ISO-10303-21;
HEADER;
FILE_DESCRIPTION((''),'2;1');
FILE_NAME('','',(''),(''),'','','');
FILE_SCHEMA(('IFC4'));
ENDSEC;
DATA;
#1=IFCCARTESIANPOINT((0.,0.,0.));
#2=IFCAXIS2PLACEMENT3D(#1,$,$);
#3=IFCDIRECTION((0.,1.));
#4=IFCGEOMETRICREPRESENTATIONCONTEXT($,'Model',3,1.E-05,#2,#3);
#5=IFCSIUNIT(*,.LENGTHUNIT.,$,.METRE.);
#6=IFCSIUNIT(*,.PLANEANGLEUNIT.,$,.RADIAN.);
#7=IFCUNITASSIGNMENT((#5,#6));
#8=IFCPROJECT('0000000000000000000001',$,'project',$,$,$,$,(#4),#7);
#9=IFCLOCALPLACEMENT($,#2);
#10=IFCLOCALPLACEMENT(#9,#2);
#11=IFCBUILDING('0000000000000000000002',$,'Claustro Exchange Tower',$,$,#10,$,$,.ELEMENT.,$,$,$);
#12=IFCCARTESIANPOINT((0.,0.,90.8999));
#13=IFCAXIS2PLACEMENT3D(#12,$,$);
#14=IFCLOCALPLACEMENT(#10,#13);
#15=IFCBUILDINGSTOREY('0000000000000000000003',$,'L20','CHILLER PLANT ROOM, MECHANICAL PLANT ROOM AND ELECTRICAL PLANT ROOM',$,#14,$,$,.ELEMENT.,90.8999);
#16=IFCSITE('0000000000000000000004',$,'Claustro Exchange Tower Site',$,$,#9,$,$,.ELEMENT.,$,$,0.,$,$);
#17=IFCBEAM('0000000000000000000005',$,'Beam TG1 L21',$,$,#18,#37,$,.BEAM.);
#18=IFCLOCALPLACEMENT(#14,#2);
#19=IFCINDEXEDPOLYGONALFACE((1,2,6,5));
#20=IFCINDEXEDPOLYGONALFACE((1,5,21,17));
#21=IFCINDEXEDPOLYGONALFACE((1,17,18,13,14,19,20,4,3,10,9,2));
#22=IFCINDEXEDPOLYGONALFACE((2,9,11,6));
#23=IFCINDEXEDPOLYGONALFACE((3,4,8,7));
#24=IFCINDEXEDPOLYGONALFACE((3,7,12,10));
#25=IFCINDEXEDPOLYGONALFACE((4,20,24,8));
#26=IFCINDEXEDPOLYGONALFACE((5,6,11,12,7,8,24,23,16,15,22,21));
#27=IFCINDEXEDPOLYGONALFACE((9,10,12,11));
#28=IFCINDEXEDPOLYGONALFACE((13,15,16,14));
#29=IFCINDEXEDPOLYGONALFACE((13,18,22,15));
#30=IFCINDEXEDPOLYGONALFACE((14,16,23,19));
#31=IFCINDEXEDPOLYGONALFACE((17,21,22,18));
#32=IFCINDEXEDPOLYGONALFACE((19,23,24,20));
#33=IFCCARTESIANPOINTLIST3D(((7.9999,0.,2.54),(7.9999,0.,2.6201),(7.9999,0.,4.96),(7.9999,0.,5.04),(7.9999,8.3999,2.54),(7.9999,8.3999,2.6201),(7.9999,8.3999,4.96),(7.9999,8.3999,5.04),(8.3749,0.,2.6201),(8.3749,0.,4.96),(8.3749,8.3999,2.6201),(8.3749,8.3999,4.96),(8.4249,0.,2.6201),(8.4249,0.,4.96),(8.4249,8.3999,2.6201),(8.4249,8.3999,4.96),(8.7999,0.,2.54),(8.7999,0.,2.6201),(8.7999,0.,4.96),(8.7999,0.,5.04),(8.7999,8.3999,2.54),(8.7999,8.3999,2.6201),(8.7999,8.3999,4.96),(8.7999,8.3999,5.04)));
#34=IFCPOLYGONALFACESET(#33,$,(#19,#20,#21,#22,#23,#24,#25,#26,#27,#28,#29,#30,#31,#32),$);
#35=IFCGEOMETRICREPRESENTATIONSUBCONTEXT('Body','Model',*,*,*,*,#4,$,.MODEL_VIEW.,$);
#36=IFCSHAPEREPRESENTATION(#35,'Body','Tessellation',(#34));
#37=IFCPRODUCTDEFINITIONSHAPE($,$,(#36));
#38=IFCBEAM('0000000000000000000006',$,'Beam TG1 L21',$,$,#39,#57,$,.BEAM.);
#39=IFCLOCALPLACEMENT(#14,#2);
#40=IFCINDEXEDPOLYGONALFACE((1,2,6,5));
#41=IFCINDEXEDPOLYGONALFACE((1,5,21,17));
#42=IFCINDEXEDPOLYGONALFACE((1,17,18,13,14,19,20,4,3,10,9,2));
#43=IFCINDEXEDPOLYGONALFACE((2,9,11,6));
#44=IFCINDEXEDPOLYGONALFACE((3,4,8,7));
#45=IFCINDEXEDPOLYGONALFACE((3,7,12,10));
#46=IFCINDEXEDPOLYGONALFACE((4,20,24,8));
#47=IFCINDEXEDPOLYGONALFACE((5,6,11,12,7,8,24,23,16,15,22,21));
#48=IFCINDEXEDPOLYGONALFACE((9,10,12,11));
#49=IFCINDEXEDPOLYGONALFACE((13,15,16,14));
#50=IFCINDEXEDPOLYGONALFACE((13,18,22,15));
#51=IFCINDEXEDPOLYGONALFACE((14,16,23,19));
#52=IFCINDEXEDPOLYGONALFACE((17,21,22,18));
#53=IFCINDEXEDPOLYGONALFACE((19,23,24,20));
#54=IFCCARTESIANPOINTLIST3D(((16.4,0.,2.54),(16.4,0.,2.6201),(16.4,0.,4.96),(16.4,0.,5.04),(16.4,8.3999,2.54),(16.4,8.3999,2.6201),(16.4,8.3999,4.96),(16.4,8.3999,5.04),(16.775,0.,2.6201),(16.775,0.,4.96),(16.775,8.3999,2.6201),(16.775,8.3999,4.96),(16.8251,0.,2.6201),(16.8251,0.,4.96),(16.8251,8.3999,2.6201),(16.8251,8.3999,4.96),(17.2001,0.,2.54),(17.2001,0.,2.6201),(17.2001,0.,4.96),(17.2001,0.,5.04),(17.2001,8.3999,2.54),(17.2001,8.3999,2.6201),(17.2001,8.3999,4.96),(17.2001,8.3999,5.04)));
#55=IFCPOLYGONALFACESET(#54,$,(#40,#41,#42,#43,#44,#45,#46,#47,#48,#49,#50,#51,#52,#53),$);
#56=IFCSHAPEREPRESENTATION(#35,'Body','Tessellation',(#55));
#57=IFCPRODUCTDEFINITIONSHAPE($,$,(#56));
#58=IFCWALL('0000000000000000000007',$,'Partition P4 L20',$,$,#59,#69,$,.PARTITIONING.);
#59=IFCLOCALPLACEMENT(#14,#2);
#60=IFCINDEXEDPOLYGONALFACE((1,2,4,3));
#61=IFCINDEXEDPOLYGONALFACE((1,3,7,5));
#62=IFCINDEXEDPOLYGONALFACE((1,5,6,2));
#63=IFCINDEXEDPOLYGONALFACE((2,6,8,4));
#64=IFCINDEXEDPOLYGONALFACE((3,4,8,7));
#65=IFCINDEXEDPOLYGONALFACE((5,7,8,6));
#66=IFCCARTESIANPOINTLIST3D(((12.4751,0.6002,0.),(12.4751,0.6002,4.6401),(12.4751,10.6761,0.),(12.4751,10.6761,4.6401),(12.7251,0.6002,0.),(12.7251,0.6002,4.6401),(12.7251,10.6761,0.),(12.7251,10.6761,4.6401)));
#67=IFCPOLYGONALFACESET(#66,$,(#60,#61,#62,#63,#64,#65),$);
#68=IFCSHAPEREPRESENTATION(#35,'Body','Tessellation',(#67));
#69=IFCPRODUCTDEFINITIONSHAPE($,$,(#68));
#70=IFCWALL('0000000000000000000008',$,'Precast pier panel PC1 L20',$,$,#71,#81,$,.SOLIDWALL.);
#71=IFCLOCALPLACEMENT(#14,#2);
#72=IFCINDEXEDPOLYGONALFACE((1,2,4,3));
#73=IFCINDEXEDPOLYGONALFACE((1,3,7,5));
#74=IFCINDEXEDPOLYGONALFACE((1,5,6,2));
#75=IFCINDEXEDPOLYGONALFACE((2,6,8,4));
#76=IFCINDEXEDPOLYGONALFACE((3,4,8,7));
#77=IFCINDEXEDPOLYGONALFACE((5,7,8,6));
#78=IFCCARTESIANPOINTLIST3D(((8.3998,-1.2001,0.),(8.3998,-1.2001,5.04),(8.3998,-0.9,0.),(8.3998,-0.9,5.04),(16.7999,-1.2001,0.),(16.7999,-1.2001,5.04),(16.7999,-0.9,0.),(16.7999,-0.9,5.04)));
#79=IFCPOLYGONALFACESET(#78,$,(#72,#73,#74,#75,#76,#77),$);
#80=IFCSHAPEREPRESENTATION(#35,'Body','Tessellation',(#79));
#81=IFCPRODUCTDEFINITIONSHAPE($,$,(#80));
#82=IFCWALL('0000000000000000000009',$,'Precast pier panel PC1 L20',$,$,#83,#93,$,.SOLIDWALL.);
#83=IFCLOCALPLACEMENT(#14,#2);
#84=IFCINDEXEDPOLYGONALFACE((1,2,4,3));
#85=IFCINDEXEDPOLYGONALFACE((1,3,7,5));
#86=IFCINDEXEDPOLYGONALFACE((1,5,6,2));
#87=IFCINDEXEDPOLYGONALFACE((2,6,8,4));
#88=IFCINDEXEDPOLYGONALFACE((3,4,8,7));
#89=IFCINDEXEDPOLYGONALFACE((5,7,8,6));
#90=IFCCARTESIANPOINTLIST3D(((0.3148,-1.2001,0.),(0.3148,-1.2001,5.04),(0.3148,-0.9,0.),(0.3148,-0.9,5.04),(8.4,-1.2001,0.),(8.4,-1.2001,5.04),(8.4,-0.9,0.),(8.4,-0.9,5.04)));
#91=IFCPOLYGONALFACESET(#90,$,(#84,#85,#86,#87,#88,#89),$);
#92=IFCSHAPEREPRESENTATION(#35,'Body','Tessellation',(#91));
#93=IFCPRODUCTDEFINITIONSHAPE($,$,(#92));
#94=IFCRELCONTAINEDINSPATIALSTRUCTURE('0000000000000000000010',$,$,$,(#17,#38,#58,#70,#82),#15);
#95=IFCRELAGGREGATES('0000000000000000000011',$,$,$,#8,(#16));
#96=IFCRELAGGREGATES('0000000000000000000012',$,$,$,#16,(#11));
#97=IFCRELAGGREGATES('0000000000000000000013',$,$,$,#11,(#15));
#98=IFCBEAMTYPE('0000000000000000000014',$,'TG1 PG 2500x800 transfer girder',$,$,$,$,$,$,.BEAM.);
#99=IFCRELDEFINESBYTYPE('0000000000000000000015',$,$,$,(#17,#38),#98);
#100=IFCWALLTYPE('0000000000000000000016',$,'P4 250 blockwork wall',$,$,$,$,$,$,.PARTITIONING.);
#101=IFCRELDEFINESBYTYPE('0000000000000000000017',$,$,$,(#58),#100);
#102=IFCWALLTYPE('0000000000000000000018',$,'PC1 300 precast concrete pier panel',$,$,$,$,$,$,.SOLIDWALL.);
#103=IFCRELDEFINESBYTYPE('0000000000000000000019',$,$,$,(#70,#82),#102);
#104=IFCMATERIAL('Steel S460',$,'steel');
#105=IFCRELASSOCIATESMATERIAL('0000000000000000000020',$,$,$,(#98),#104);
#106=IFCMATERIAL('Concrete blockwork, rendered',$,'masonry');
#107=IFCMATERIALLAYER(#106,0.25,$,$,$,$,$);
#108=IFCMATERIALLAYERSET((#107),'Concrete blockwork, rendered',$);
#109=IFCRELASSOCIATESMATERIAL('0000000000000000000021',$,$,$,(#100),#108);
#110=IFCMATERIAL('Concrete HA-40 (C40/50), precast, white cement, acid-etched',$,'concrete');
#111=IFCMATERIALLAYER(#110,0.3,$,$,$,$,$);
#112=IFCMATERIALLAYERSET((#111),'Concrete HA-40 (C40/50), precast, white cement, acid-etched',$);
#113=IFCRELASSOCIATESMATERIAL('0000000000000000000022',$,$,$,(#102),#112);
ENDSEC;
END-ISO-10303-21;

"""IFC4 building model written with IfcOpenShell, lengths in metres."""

from ifc_helpers import new_model, si_unit, direction, frame, frame_2d, origin, origin_2d, place, context, subcontext, project, spatial, rectangle, i_section, extrude, material, layer, layer_set, material_profile, profile_set, type_object, element, save


model = new_model("IFC4")

# Units and contexts
model_context = context("Model", 3, precision=1e-05, world=origin(), true_north=direction((0.0, 1.0)))
body_context = subcontext(model_context, "Body", "Model", "MODEL_VIEW")
ifc_project = project(units=[si_unit("LENGTHUNIT", "METRE"), si_unit("PLANEANGLEUNIT", "RADIAN")], contexts=[model_context])

# Site, building, storey
site_placement = place(None, origin())
site = spatial("IfcSite", under=ifc_project, at=site_placement, Name="Claustro Exchange Tower Site", CompositionType="ELEMENT", RefElevation=0.0)
building_placement = place(site_placement, origin())
building = spatial("IfcBuilding", under=site, at=building_placement, Name="Claustro Exchange Tower", CompositionType="ELEMENT")
storey_placement = place(building_placement, frame((0.0, 0.0, 90.8999)))
storey = spatial("IfcBuildingStorey", under=building, at=storey_placement, Name="L20", Description="CHILLER PLANT ROOM, MECHANICAL PLANT ROOM AND ELECTRICAL PLANT ROOM", CompositionType="ELEMENT", Elevation=90.8999)

# Beams
ifc_material_1 = material(Name="Steel S460", Category="steel")
ifc_material_profile_1 = material_profile(ifc_material_1, i_section(OverallWidth=0.8, OverallDepth=2.5, WebThickness=0.05, FlangeThickness=0.0801, at=origin_2d()), Name="PG 2500x800")
ifc_profile_set_1 = profile_set([ifc_material_profile_1], Name="Steel S460")
beam_type_1 = type_object("IfcBeamType", Name="TG1 PG 2500x800 transfer girder", PredefinedType="BEAM", material=ifc_profile_set_1)
for number, where, z_axis, x_axis, name in (
    (1, (8.3999, 0.0, 3.79), (0.0, 1.0, 0.0), (-1.0, 0.0, 0.0), "Beam TG1 L21"),
    (2, (16.8, 0.0, 3.79), (0.0, 1.0, 0.0), (-1.0, 0.0, 0.0), "Beam TG1 L21"),
):
    element("IfcBeam", number, at=place(storey_placement, frame(where, z_axis=z_axis, x_axis=x_axis)), inside=storey, type_object=beam_type_1, Name=name, PredefinedType="BEAM", context=body_context, shape_type="SweptSolid", body=[
        extrude(i_section(OverallWidth=0.8, OverallDepth=2.5, WebThickness=0.05, FlangeThickness=0.0801, at=origin_2d()), origin(), (0.0, 0.0, 1.0), 8.3999),
    ])

# Walls
ifc_material_2 = material(Name="Concrete blockwork, rendered", Category="masonry")
ifc_layer_1 = layer(ifc_material_2, 0.25)
ifc_layer_set_1 = layer_set([ifc_layer_1], Name="Concrete blockwork, rendered")
wall_type_1 = type_object("IfcWallType", Name="P4 250 blockwork wall", PredefinedType="PARTITIONING", material=ifc_layer_set_1)
wall_1_placement = place(storey_placement, frame((12.6001, 0.6001, 0.0), z_axis=(0.0, 0.0, 1.0), x_axis=(0.0, 1.0, 0.0)))
element("IfcWall", 3, at=wall_1_placement, inside=storey, type_object=wall_type_1, Name="Partition P4 L20", PredefinedType="PARTITIONING", context=body_context, shape_type="SweptSolid", body=[
    extrude(rectangle(XDim=10.0759, YDim=0.25, at=frame_2d((5.0381, 0.0))), origin(), (0.0, 0.0, 1.0), 4.6401),
])
ifc_material_3 = material(Name="Concrete HA-40 (C40/50), precast, white cement, acid-etched", Category="concrete")
ifc_layer_2 = layer(ifc_material_3, 0.3)
ifc_layer_set_2 = layer_set([ifc_layer_2], Name="Concrete HA-40 (C40/50), precast, white cement, acid-etched")
wall_type_2 = type_object("IfcWallType", Name="PC1 300 precast concrete pier panel", PredefinedType="SOLIDWALL", material=ifc_layer_set_2)
wall_2_placement = place(storey_placement, frame((16.8, -1.05, 0.0), z_axis=(0.0, 0.0, 1.0), x_axis=(-1.0, 0.0, 0.0)))
element("IfcWall", 4, at=wall_2_placement, inside=storey, type_object=wall_type_2, Name="Precast pier panel PC1 L20", PredefinedType="SOLIDWALL", context=body_context, shape_type="SweptSolid", body=[
    extrude(rectangle(XDim=8.4001, YDim=0.3, at=frame_2d((4.2002, 0.0))), origin(), (0.0, 0.0, 1.0), 5.04),
])
wall_3_placement = place(storey_placement, frame((8.3999, -1.05, 0.0), z_axis=(0.0, 0.0, 1.0), x_axis=(-1.0, 0.0, 0.0)))
element("IfcWall", 5, at=wall_3_placement, inside=storey, type_object=wall_type_2, Name="Precast pier panel PC1 L20", PredefinedType="SOLIDWALL", context=body_context, shape_type="SweptSolid", body=[
    extrude(rectangle(XDim=8.0852, YDim=0.3, at=frame_2d((4.0425, 0.0))), origin(), (0.0, 0.0, 1.0), 5.04),
])

save(model, "model.ifc")
